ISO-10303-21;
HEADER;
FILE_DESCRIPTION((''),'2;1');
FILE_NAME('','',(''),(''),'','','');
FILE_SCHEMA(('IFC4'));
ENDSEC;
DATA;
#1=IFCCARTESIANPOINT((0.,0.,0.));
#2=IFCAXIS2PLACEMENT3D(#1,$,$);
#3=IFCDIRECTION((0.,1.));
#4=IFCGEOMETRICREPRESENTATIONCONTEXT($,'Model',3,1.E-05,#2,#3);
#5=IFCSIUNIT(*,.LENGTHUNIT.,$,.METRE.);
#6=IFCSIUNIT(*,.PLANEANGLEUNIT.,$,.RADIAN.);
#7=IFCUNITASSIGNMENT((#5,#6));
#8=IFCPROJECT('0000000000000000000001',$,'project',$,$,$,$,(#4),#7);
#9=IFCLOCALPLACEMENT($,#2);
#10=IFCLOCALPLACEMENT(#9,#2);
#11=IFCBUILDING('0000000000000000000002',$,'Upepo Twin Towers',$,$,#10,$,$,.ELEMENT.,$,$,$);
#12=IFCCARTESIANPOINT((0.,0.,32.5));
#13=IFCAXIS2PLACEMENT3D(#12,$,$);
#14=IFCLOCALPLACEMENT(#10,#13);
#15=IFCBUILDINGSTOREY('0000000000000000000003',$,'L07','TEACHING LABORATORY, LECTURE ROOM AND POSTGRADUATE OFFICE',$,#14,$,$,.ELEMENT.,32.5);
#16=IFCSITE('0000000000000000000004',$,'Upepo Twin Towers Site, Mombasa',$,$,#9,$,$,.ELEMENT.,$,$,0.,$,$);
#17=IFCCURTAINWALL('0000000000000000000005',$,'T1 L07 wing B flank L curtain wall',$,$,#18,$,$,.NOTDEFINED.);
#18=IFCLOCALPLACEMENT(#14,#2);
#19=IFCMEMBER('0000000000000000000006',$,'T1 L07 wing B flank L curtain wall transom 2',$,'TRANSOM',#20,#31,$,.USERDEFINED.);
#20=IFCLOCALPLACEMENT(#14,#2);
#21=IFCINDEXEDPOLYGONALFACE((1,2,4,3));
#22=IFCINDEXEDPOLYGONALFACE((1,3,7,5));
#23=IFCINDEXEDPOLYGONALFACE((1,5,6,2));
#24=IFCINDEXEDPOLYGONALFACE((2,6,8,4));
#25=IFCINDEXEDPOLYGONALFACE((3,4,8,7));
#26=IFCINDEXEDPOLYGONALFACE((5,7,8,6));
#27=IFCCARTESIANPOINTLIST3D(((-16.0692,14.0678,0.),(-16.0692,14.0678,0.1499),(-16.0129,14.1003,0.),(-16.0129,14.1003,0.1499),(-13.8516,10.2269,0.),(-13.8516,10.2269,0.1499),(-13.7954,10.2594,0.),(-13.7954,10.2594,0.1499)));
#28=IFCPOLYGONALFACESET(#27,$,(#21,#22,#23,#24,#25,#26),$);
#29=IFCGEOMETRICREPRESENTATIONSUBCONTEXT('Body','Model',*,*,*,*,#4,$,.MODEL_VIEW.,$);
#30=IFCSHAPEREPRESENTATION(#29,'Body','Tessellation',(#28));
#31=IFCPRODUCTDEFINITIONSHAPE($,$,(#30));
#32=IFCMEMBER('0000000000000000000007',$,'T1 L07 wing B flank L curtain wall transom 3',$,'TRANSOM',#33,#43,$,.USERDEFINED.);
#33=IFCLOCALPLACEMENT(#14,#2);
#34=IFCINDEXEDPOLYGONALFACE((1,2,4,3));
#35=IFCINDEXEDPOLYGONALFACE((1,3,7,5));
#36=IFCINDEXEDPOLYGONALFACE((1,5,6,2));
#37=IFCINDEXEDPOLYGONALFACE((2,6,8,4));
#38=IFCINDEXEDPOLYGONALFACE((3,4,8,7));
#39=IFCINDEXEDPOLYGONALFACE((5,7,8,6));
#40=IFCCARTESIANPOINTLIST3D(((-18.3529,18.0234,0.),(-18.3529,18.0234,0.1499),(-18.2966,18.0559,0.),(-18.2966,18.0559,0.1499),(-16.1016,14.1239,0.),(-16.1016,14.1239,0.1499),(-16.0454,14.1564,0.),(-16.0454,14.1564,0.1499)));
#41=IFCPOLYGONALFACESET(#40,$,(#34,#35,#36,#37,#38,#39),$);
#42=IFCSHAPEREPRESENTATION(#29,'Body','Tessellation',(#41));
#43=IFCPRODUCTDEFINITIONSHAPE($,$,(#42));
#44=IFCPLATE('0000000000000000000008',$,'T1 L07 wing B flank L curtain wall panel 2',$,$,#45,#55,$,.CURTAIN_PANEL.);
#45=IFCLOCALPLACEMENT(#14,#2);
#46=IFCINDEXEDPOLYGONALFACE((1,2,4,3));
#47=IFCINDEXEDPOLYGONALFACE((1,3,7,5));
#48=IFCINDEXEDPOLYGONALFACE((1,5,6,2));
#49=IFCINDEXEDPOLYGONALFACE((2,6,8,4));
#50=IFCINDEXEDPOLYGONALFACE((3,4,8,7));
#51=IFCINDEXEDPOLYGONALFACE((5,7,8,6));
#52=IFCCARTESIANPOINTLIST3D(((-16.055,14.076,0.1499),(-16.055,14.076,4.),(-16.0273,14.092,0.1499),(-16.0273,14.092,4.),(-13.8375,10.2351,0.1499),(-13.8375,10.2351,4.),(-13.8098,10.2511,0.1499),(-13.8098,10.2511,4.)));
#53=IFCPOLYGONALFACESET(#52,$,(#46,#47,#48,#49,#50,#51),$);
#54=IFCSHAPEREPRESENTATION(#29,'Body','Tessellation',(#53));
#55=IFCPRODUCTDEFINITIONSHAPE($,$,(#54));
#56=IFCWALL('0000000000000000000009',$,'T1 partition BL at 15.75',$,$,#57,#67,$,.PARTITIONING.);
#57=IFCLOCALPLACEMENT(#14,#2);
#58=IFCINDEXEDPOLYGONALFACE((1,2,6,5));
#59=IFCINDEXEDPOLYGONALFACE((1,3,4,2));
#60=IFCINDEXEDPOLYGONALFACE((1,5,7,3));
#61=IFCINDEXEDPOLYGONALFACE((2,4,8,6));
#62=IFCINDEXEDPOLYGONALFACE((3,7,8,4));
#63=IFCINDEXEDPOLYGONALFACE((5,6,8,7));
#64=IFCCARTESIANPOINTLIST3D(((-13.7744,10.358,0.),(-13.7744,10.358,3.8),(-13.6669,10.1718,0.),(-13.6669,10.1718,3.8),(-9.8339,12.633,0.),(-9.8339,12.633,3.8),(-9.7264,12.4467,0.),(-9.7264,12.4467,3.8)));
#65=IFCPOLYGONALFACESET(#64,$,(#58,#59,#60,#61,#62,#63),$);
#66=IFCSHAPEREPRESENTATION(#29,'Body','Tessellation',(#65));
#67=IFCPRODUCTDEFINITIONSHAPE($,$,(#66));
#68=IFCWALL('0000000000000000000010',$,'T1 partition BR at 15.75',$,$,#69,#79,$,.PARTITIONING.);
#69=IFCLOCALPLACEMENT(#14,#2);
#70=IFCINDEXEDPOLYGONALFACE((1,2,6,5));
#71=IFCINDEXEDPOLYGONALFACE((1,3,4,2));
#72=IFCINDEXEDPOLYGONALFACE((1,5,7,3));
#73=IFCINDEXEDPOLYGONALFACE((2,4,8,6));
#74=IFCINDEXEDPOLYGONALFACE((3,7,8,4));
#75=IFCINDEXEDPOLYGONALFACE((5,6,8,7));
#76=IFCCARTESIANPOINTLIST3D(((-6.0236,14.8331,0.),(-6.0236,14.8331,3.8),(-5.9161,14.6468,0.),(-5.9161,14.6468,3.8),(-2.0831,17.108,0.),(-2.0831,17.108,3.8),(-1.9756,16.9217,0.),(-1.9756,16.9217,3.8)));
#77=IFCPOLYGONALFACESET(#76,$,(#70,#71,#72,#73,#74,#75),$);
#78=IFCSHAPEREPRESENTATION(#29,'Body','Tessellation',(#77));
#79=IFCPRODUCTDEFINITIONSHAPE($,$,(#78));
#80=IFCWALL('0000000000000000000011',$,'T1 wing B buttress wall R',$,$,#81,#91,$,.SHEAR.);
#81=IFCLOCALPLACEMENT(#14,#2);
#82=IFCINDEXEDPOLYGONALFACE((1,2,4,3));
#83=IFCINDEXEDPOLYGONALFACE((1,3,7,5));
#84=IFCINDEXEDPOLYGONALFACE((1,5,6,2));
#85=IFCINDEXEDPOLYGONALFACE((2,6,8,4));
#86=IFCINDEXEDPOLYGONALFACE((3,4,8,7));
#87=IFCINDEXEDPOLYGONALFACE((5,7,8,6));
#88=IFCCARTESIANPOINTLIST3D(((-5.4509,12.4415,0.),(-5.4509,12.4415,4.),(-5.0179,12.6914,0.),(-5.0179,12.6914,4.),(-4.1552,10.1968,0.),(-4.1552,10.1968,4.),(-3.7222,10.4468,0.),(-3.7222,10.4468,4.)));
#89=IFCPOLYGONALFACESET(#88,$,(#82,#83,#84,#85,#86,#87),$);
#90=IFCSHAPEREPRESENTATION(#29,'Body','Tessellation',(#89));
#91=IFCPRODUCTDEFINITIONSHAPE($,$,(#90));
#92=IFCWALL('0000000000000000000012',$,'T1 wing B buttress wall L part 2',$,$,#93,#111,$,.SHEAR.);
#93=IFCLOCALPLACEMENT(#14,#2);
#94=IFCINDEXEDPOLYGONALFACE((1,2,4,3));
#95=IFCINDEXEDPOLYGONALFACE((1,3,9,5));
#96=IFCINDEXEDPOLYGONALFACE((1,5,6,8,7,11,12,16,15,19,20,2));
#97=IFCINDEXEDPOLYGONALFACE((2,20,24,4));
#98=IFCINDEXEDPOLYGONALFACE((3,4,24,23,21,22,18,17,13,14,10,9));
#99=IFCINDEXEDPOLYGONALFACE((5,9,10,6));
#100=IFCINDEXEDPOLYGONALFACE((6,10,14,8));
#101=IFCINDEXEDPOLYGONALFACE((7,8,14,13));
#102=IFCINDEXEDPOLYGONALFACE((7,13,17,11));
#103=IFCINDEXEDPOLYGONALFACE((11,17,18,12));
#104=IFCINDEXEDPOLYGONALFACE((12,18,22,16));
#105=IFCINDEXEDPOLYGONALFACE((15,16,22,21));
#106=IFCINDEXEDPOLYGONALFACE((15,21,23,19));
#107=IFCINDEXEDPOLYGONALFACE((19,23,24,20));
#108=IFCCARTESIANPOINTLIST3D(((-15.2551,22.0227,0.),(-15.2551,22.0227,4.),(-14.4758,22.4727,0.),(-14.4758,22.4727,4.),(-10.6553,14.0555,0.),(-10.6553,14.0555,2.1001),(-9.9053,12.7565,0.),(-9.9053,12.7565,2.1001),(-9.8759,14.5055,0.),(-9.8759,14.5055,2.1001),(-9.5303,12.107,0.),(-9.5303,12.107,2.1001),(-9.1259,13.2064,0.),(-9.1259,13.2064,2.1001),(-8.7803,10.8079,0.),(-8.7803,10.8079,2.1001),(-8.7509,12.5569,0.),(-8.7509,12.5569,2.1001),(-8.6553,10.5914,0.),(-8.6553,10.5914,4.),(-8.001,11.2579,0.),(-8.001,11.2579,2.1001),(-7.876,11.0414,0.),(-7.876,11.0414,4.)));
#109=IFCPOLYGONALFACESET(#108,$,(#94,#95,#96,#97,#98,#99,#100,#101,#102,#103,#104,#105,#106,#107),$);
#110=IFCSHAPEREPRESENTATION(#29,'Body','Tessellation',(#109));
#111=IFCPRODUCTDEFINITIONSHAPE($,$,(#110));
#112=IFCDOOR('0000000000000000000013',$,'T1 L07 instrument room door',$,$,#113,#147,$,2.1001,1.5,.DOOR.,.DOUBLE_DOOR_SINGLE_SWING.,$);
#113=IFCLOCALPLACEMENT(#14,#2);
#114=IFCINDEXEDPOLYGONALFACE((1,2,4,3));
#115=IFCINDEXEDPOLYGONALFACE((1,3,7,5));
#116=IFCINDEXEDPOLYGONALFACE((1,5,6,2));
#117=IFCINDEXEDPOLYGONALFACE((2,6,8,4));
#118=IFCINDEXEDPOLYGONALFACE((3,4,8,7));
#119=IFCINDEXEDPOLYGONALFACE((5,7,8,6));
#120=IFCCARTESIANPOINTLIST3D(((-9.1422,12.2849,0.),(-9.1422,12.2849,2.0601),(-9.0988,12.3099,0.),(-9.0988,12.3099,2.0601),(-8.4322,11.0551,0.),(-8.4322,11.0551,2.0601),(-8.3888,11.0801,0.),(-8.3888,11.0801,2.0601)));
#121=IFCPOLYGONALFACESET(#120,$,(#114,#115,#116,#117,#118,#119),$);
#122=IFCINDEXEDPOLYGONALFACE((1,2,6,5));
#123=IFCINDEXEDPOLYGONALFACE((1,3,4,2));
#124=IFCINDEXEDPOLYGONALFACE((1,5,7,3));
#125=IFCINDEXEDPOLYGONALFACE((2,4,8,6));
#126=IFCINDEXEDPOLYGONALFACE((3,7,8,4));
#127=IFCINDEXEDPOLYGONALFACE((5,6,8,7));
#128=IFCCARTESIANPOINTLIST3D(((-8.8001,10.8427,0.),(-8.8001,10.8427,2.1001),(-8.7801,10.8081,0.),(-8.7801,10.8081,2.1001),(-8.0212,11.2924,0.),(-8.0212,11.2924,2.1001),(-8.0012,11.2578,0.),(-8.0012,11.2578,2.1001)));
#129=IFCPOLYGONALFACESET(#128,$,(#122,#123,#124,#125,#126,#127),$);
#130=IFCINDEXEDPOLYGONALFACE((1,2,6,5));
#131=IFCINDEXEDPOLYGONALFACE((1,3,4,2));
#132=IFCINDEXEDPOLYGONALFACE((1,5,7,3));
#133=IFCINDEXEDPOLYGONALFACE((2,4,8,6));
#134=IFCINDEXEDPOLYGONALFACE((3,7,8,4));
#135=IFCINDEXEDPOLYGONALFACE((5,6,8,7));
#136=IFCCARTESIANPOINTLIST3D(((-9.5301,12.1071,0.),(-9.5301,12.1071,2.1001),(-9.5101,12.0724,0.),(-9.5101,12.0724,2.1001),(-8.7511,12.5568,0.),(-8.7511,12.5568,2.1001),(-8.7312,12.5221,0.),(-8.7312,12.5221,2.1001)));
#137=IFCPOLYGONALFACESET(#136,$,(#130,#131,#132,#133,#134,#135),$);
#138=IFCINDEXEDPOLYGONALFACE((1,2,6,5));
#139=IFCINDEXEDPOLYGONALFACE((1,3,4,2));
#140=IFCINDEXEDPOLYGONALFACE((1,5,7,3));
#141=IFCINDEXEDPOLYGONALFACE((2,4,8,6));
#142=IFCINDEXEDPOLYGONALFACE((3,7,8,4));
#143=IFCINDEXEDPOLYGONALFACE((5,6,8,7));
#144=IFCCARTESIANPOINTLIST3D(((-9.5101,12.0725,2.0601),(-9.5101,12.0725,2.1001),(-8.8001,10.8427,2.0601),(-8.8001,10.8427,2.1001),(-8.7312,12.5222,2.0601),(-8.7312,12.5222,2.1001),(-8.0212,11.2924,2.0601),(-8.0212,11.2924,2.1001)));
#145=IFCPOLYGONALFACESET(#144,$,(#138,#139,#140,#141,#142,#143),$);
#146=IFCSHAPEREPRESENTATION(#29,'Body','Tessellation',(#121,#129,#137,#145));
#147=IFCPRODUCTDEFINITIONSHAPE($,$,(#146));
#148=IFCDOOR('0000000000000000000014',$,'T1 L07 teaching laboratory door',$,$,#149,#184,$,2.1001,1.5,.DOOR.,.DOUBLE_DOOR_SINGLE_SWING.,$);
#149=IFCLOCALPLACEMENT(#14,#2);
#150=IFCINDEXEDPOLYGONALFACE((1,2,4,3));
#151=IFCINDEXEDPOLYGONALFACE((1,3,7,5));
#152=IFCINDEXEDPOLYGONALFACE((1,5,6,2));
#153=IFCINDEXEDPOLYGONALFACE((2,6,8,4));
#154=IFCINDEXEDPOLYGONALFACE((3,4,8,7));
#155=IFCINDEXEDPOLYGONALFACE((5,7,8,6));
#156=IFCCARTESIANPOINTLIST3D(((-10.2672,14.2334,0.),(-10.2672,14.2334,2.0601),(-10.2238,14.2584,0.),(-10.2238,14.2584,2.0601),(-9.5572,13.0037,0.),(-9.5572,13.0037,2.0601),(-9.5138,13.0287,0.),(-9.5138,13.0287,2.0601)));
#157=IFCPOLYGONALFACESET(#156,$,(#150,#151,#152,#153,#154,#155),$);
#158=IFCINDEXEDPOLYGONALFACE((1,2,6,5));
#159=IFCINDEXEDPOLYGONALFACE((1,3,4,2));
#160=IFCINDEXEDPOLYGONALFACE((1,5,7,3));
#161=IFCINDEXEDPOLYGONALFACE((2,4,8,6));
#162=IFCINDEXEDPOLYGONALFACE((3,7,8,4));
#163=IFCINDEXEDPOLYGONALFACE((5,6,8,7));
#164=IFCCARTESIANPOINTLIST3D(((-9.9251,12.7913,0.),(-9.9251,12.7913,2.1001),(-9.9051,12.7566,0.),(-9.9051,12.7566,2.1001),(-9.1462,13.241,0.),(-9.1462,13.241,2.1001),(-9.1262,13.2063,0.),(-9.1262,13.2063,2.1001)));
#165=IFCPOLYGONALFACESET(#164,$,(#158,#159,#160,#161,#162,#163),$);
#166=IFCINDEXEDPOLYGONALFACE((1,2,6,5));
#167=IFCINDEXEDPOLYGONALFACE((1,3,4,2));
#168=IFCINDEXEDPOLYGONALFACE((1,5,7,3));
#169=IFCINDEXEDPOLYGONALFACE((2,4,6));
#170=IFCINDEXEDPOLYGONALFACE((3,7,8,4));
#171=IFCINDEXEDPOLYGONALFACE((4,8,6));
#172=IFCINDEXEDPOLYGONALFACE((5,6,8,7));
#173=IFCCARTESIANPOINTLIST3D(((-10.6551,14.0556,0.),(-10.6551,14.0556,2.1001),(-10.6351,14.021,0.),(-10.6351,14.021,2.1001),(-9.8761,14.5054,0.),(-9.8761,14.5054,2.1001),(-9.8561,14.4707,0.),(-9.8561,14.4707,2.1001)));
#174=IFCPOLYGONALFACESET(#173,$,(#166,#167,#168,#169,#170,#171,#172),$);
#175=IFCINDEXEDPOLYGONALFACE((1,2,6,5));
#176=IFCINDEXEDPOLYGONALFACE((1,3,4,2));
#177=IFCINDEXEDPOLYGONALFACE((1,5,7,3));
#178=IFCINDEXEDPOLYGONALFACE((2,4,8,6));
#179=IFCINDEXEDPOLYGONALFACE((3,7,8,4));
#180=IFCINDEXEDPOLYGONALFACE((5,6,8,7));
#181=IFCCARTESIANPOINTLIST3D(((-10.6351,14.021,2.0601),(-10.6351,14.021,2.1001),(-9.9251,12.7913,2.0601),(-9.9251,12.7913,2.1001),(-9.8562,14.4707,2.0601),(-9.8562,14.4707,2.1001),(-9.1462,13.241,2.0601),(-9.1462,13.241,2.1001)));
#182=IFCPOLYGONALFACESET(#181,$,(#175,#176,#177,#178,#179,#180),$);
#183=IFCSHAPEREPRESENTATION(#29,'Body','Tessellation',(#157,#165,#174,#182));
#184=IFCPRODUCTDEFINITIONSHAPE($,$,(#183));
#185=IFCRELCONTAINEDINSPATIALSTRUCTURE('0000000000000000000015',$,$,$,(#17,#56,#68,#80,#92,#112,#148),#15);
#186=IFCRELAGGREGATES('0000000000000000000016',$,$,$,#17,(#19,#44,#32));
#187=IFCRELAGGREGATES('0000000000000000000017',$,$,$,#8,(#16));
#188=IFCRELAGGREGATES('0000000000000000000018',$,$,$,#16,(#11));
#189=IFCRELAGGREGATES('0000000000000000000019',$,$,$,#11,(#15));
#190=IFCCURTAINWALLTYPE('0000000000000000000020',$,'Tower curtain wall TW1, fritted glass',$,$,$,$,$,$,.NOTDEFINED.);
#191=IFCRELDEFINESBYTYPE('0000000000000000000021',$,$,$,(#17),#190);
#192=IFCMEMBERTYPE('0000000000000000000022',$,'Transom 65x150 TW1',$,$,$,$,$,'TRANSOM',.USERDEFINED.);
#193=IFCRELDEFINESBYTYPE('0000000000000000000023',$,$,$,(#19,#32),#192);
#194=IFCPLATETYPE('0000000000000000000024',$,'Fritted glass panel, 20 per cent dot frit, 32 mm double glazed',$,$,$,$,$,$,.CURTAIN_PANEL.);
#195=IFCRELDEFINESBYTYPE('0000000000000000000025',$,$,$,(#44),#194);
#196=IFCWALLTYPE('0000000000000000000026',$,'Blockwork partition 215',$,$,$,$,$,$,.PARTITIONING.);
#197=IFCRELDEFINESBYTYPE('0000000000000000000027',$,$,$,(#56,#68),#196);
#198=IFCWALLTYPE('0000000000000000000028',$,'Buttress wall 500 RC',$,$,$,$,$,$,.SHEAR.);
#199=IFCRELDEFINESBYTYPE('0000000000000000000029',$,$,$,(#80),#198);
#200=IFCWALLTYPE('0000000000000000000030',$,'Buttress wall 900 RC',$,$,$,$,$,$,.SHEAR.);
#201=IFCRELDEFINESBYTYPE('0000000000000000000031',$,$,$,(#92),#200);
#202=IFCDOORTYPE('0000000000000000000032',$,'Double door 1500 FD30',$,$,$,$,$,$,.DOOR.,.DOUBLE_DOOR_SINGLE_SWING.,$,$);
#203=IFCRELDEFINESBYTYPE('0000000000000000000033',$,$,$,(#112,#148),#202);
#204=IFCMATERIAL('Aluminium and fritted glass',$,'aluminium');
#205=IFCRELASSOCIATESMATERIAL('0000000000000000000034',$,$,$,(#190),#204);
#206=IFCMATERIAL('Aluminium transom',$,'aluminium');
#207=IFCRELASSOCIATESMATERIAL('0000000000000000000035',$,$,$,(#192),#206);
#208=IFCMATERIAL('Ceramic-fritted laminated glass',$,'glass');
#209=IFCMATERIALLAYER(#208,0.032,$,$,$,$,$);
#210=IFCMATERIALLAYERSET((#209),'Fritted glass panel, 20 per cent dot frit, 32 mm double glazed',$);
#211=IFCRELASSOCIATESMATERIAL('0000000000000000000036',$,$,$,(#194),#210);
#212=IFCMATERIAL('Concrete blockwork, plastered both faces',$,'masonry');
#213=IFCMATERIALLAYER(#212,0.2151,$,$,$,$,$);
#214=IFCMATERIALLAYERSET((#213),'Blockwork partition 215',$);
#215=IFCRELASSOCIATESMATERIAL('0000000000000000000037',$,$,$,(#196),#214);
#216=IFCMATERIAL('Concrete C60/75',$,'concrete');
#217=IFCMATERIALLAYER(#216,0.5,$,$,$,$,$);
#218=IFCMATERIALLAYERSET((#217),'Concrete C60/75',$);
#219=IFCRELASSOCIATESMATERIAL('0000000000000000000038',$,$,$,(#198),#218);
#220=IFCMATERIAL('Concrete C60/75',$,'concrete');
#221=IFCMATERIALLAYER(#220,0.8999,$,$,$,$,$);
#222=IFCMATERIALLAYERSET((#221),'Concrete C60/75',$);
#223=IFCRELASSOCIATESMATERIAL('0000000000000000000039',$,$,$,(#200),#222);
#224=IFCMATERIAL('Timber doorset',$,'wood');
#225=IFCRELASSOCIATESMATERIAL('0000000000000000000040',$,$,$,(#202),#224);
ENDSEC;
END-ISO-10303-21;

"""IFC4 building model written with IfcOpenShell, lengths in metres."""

from ifc_helpers import new_model, si_unit, direction, frame, frame_2d, origin, origin_2d, place, context, subcontext, project, spatial, rectangle, extrude, material, layer, layer_set, material_profile, profile_set, type_object, element, fill, aggregate, save


model = new_model("IFC4")

# Units and contexts
model_context = context("Model", 3, precision=1e-05, world=origin(), true_north=direction((0.0, 1.0)))
body_context = subcontext(model_context, "Body", "Model", "MODEL_VIEW")
ifc_project = project(units=[si_unit("LENGTHUNIT", "METRE"), si_unit("PLANEANGLEUNIT", "RADIAN")], contexts=[model_context])

# Site, building, storey
site_placement = place(None, origin())
site = spatial("IfcSite", under=ifc_project, at=site_placement, Name="Upepo Twin Towers Site, Mombasa", CompositionType="ELEMENT", RefElevation=0.0)
building_placement = place(site_placement, origin())
building = spatial("IfcBuilding", under=site, at=building_placement, Name="Upepo Twin Towers", CompositionType="ELEMENT")
storey_placement = place(building_placement, frame((0.0, 0.0, 32.5)))
storey = spatial("IfcBuildingStorey", under=building, at=storey_placement, Name="L07", Description="TEACHING LABORATORY, LECTURE ROOM AND POSTGRADUATE OFFICE", CompositionType="ELEMENT", Elevation=32.5)

# Curtain wall, members, plate
ifc_material_1 = material(Name="Aluminium and fritted glass", Category="aluminium")
curtain_wall_type = type_object("IfcCurtainWallType", Name="Tower curtain wall TW1, fritted glass", PredefinedType="NOTDEFINED", material=ifc_material_1)
curtain_wall_placement = place(storey_placement, origin())
curtain_wall = element("IfcCurtainWall", 1, at=curtain_wall_placement, inside=storey, type_object=curtain_wall_type, Name="T1 L07 wing B flank L curtain wall", PredefinedType="NOTDEFINED")
ifc_material_2 = material(Name="Aluminium transom", Category="aluminium")
ifc_material_profile_1 = material_profile(ifc_material_2, rectangle(XDim=0.0649, YDim=0.1499, at=origin_2d()), Name="TRANSOM 65x150")
ifc_profile_set_1 = profile_set([ifc_material_profile_1], Name="Aluminium transom")
member_type_1 = type_object("IfcMemberType", Name="Transom 65x150 TW1", ElementType="TRANSOM", PredefinedType="USERDEFINED", material=ifc_profile_set_1)
member_1_placement = place(storey_placement, frame((-13.8235, 10.2432, 0.075), z_axis=(-0.500005, 0.866022, 0.0), x_axis=(-0.866022, -0.500005, 0.0)))
member_1 = element("IfcMember", 2, at=member_1_placement, type_object=member_type_1, Name="T1 L07 wing B flank L curtain wall transom 2", ObjectType="TRANSOM", PredefinedType="USERDEFINED", context=body_context, shape_type="SweptSolid", body=[
    extrude(rectangle(XDim=0.0649, YDim=0.1499, at=origin_2d()), origin(), (0.0, 0.0, 1.0), 4.4351),
])
member_2_placement = place(storey_placement, frame((-16.0735, 14.1401, 0.075), z_axis=(-0.499982, 0.866036, 0.0), x_axis=(-0.866036, -0.499982, 0.0)))
member_2 = element("IfcMember", 3, at=member_2_placement, type_object=member_type_1, Name="T1 L07 wing B flank L curtain wall transom 3", ObjectType="TRANSOM", PredefinedType="USERDEFINED", context=body_context, shape_type="SweptSolid", body=[
    extrude(rectangle(XDim=0.0649, YDim=0.1499, at=origin_2d()), origin(), (0.0, 0.0, 1.0), 4.5027),
])
ifc_material_3 = material(Name="Ceramic-fritted laminated glass", Category="glass")
ifc_layer_1 = layer(ifc_material_3, 0.032)
ifc_layer_set_1 = layer_set([ifc_layer_1], Name="Fritted glass panel, 20 per cent dot frit, 32 mm double glazed")
plate_type = type_object("IfcPlateType", Name="Fritted glass panel, 20 per cent dot frit, 32 mm double glazed", PredefinedType="CURTAIN_PANEL", material=ifc_layer_set_1)
plate_placement = place(storey_placement, frame((-14.9324, 12.1636, 0.1499), z_axis=(0.0, 0.0, 1.0), x_axis=(-0.5, 0.866025, 0.0)))
plate = element("IfcPlate", 4, at=plate_placement, type_object=plate_type, Name="T1 L07 wing B flank L curtain wall panel 2", PredefinedType="CURTAIN_PANEL", context=body_context, shape_type="SweptSolid", body=[
    extrude(rectangle(XDim=4.4351, YDim=0.032, at=origin_2d()), origin(), (0.0, 0.0, 1.0), 3.8501),
])
aggregate(curtain_wall, [member_1, plate, member_2])

# Walls
ifc_material_4 = material(Name="Concrete blockwork, plastered both faces", Category="masonry")
ifc_layer_2 = layer(ifc_material_4, 0.2151)
ifc_layer_set_2 = layer_set([ifc_layer_2], Name="Blockwork partition 215")
wall_type_1 = type_object("IfcWallType", Name="Blockwork partition 215", PredefinedType="PARTITIONING", material=ifc_layer_set_2)
for number, where, z_axis, x_axis, name in (
    (5, (-9.7803, 12.5398, 0.0), (0.0, 0.0, 1.0), (-0.866035, -0.499983, 0.0), "T1 partition BL at 15.75"),
    (6, (-5.9697, 14.74, 0.0), (0.0, 0.0, 1.0), (0.866035, 0.499983, 0.0), "T1 partition BR at 15.75"),
):
    element("IfcWall", number, at=place(storey_placement, frame(where, z_axis=z_axis, x_axis=x_axis)), inside=storey, type_object=wall_type_1, Name=name, PredefinedType="PARTITIONING", context=body_context, shape_type="SweptSolid", body=[
        extrude(rectangle(XDim=4.55, YDim=0.2151, at=frame_2d((2.2749, 0.0))), origin(), (0.0, 0.0, 1.0), 3.8),
    ])
ifc_material_5 = material(Name="Concrete C60/75", Category="concrete")
ifc_layer_3 = layer(ifc_material_5, 0.5)
ifc_layer_set_3 = layer_set([ifc_layer_3], Name="Concrete C60/75")
wall_type_2 = type_object("IfcWallType", Name="Buttress wall 500 RC", PredefinedType="SHEAR", material=ifc_layer_set_3)
wall_1_placement = place(storey_placement, frame((-3.9387, 10.3218, 0.0), z_axis=(0.0, 0.0, 1.0), x_axis=(-0.499918, 0.866073, 0.0)))
element("IfcWall", 7, at=wall_1_placement, inside=storey, type_object=wall_type_2, Name="T1 wing B buttress wall R", PredefinedType="SHEAR", context=body_context, shape_type="SweptSolid", body=[
    extrude(rectangle(XDim=2.5918, YDim=0.5, at=frame_2d((1.2959, 0.0))), origin(), (0.0, 0.0, 1.0), 4.0),
])

# Wall, openings, doors
ifc_material_6 = material(Name="Concrete C60/75", Category="concrete")
ifc_layer_4 = layer(ifc_material_6, 0.8999)
ifc_layer_set_4 = layer_set([ifc_layer_4], Name="Concrete C60/75")
wall_type_3 = type_object("IfcWallType", Name="Buttress wall 900 RC", PredefinedType="SHEAR", material=ifc_layer_set_4)
wall_2_placement = place(storey_placement, frame((-8.2656, 10.8164, 0.0), z_axis=(0.0, 0.0, 1.0), x_axis=(-0.499996, 0.866028, 0.0)))
wall_2 = element("IfcWall", 8, at=wall_2_placement, inside=storey, type_object=wall_type_3, Name="T1 wing B buttress wall L part 2", PredefinedType="SHEAR", context=body_context, shape_type="SweptSolid", body=[
    extrude(rectangle(XDim=13.1997, YDim=0.8999, at=frame_2d((6.5999, 0.0))), origin(), (0.0, 0.0, 1.0), 4.0),
])
opening_1_placement = place(wall_2_placement, frame((0.25, 0.0, 0.0)))
opening_1 = element("IfcOpeningElement", 9, at=opening_1_placement, cuts=wall_2, PredefinedType="OPENING", context=body_context, shape_type="SweptSolid", body=[
    extrude(rectangle(XDim=1.5, YDim=2.1001, at=frame_2d((0.75, 1.05))), frame((0.0, 0.46, 0.0), z_axis=(0.0, -1.0, 0.0), x_axis=(1.0, 0.0, 0.0)), (0.0, 0.0, 1.0), 0.9199),
])
opening_2_placement = place(wall_2_placement, frame((2.5, 0.0, 0.0)))
opening_2 = element("IfcOpeningElement", 10, at=opening_2_placement, cuts=wall_2, PredefinedType="OPENING", context=body_context, shape_type="SweptSolid", body=[
    extrude(rectangle(XDim=1.5, YDim=2.1001, at=frame_2d((0.75, 1.05))), frame((0.0, 0.46, 0.0), z_axis=(0.0, -1.0, 0.0), x_axis=(1.0, 0.0, 0.0)), (0.0, 0.0, 1.0), 0.9199),
])
ifc_material_7 = material(Name="Timber doorset", Category="wood")
door_type_1 = type_object("IfcDoorType", Name="Double door 1500 FD30", OperationType="DOUBLE_DOOR_SINGLE_SWING", PredefinedType="DOOR", material=ifc_material_7)
door_1_placement = place(opening_1_placement, origin())
door_1 = element("IfcDoor", 11, at=door_1_placement, inside=storey, type_object=door_type_1, Name="T1 L07 instrument room door", OperationType="DOUBLE_DOOR_SINGLE_SWING", OverallHeight=2.1001, OverallWidth=1.5, PredefinedType="DOOR", context=body_context, shape_type="SweptSolid", body=[
    extrude(rectangle(XDim=1.42, YDim=2.0601, at=frame_2d((0.75, 1.03))), frame((0.0, 0.0249, 0.0), z_axis=(0.0, -1.0, 0.0), x_axis=(1.0, 0.0, 0.0)), (0.0, 0.0, 1.0), 0.05),
    extrude(rectangle(XDim=0.04, YDim=2.1001, at=frame_2d((0.02, 1.05))), frame((0.0, 0.4497, 0.0), z_axis=(0.0, -1.0, 0.0), x_axis=(1.0, 0.0, 0.0)), (0.0, 0.0, 1.0), 0.8994),
    extrude(rectangle(XDim=0.04, YDim=2.1001, at=frame_2d((1.48, 1.05))), frame((0.0, 0.4497, 0.0), z_axis=(0.0, -1.0, 0.0), x_axis=(1.0, 0.0, 0.0)), (0.0, 0.0, 1.0), 0.8994),
    extrude(rectangle(XDim=1.42, YDim=0.04, at=frame_2d((0.75, 2.0801))), frame((0.0, 0.4497, 0.0), z_axis=(0.0, -1.0, 0.0), x_axis=(1.0, 0.0, 0.0)), (0.0, 0.0, 1.0), 0.8994),
])
fill(opening_1, door_1)
door_2_placement = place(opening_2_placement, origin())
door_2 = element("IfcDoor", 12, at=door_2_placement, inside=storey, type_object=door_type_1, Name="T1 L07 teaching laboratory door", OperationType="DOUBLE_DOOR_SINGLE_SWING", OverallHeight=2.1001, OverallWidth=1.5, PredefinedType="DOOR", context=body_context, shape_type="SweptSolid", body=[
    extrude(rectangle(XDim=1.42, YDim=2.0601, at=frame_2d((0.75, 1.03))), frame((0.0, 0.0249, 0.0), z_axis=(0.0, -1.0, 0.0), x_axis=(1.0, 0.0, 0.0)), (0.0, 0.0, 1.0), 0.05),
    extrude(rectangle(XDim=0.04, YDim=2.1001, at=frame_2d((0.02, 1.05))), frame((0.0, 0.4497, 0.0), z_axis=(0.0, -1.0, 0.0), x_axis=(1.0, 0.0, 0.0)), (0.0, 0.0, 1.0), 0.8994),
    extrude(rectangle(XDim=0.04, YDim=2.1001, at=frame_2d((1.48, 1.05))), frame((0.0, 0.4497, 0.0), z_axis=(0.0, -1.0, 0.0), x_axis=(1.0, 0.0, 0.0)), (0.0, 0.0, 1.0), 0.8994),
    extrude(rectangle(XDim=1.42, YDim=0.04, at=frame_2d((0.75, 2.0801))), frame((0.0, 0.4497, 0.0), z_axis=(0.0, -1.0, 0.0), x_axis=(1.0, 0.0, 0.0)), (0.0, 0.0, 1.0), 0.8994),
])
fill(opening_2, door_2)

save(model, "model.ifc")
